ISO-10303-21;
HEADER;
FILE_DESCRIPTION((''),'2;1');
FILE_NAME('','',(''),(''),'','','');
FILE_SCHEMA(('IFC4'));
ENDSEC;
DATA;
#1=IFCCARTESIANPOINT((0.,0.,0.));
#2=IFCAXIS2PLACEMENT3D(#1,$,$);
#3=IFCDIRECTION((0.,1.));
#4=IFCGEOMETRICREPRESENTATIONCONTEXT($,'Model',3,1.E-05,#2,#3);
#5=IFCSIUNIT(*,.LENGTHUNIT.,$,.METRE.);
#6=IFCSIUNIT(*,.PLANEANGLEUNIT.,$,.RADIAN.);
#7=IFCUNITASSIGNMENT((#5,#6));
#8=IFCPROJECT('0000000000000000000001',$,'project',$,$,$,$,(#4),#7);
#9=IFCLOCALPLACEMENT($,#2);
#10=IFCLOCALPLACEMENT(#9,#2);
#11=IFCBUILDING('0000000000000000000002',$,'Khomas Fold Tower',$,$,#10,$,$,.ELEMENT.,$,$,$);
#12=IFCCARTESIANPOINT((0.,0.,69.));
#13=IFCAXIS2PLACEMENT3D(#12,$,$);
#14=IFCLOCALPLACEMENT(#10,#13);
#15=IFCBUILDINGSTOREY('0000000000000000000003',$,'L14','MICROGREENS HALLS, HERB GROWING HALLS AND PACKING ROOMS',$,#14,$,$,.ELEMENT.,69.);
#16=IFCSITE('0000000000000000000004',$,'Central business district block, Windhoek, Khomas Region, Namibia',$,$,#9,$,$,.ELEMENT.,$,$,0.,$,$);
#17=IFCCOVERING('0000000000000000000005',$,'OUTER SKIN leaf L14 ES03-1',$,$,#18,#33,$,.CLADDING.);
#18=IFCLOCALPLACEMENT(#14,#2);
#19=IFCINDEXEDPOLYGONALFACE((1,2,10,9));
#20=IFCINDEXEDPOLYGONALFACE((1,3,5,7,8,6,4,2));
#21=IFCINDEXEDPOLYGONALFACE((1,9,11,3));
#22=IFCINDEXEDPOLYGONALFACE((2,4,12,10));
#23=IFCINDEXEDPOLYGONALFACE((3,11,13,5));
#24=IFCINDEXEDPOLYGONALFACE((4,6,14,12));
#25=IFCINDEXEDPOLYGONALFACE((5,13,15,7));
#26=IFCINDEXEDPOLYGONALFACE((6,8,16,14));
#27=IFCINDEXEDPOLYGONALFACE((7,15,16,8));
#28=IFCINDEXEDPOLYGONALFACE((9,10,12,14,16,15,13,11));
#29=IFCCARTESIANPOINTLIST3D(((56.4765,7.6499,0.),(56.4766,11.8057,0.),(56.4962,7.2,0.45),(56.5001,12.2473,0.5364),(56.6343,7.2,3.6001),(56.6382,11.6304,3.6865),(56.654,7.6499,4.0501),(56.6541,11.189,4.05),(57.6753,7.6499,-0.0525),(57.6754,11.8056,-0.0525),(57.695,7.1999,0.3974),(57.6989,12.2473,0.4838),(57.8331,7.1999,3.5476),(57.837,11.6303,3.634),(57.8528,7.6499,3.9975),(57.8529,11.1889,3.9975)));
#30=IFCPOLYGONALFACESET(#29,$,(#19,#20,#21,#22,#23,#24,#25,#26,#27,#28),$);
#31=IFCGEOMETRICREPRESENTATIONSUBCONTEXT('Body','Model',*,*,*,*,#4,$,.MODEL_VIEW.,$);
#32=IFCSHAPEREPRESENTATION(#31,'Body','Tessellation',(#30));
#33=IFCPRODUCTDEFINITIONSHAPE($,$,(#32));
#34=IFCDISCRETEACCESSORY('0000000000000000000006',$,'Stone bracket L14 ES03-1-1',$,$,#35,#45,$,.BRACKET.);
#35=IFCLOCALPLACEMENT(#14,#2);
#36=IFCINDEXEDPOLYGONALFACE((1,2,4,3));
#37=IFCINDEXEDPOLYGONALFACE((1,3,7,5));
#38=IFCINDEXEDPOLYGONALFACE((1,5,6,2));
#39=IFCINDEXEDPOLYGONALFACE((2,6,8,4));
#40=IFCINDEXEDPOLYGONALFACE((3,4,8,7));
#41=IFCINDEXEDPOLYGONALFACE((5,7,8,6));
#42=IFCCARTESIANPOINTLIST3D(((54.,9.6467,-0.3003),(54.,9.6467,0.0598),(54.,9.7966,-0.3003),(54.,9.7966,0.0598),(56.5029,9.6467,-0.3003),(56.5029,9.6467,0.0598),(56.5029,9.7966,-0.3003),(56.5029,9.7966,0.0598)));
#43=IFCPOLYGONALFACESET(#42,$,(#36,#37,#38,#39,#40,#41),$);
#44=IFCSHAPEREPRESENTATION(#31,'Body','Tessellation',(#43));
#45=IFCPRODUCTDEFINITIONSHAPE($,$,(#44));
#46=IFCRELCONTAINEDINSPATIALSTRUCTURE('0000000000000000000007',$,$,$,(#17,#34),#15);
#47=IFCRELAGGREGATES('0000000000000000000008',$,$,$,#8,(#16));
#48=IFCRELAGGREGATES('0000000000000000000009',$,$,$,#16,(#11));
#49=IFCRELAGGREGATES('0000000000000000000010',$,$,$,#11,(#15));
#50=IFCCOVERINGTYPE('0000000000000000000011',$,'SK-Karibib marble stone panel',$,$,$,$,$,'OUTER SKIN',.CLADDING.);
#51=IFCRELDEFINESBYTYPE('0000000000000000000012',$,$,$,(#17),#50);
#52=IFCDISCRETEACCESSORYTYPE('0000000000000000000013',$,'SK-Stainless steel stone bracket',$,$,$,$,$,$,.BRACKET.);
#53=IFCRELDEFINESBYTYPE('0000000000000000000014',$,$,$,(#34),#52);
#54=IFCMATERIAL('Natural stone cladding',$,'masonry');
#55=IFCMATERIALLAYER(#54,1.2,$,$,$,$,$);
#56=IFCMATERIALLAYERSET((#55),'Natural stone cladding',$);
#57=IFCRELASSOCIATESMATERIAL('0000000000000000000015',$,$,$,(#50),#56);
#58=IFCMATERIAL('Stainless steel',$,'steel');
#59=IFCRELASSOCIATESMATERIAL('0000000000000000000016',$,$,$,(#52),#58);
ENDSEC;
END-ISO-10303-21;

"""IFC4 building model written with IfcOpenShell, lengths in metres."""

from ifc_helpers import new_model, si_unit, direction, frame, origin, origin_2d, place, context, subcontext, project, spatial, polyline, rectangle, outline, extrude, source, transform, mapped, material, layer, layer_set, type_object, element, save


model = new_model("IFC4")

# Units and contexts
model_context = context("Model", 3, precision=1e-05, world=origin(), true_north=direction((0.0, 1.0)))
body_context = subcontext(model_context, "Body", "Model", "MODEL_VIEW")
ifc_project = project(units=[si_unit("LENGTHUNIT", "METRE"), si_unit("PLANEANGLEUNIT", "RADIAN")], contexts=[model_context])

# Site, building, storey
site_placement = place(None, origin())
site = spatial("IfcSite", under=ifc_project, at=site_placement, Name="Central business district block, Windhoek, Khomas Region, Namibia", CompositionType="ELEMENT", RefElevation=0.0)
building_placement = place(site_placement, origin())
building = spatial("IfcBuilding", under=site, at=building_placement, Name="Khomas Fold Tower", CompositionType="ELEMENT")
storey_placement = place(building_placement, frame((0.0, 0.0, 69.0)))
storey = spatial("IfcBuildingStorey", under=building, at=storey_placement, Name="L14", Description="MICROGREENS HALLS, HERB GROWING HALLS AND PACKING ROOMS", CompositionType="ELEMENT", Elevation=69.0)

# Covering
ifc_material_1 = material(Name="Natural stone cladding", Category="masonry")
ifc_layer_1 = layer(ifc_material_1, 1.2)
ifc_layer_set_1 = layer_set([ifc_layer_1], Name="Natural stone cladding")
covering_type = type_object("IfcCoveringType", Name="SK-Karibib marble stone panel", ElementType="OUTER SKIN", PredefinedType="CLADDING", material=ifc_layer_set_1)
covering_placement = place(storey_placement, frame((56.6382, 11.6304, 3.6865), z_axis=(-0.999041, 0.000023, 0.043783), x_axis=(-0.042964, 0.192018, -0.980451)))
element("IfcCovering", 1, at=covering_placement, inside=storey, type_object=covering_type, Name="OUTER SKIN leaf L14 ES03-1", PredefinedType="CLADDING", context=body_context, shape_type="SweptSolid", body=[
    extrude(outline(polyline([(0.0, 0.0), (3.213, 0.0), (3.6551, 0.5365), (2.8571, 4.615), (2.3287, 4.9701), (-0.7658, 4.3646), (-1.1214, 3.8365), (-0.4419, 0.3633), (0.0, 0.0)])), origin(), (0.0, 0.0, -1.0), 1.2),
])

# Discrete accessory
ifc_material_2 = material(Name="Stainless steel", Category="steel")
discrete_accessory_type = type_object("IfcDiscreteAccessoryType", Name="SK-Stainless steel stone bracket", PredefinedType="BRACKET", material=ifc_material_2)
shared_shape_1 = source(origin(), body_context, "Body", "SweptSolid", [
    extrude(rectangle(XDim=2.5029, YDim=0.1499, at=origin_2d()), origin(), (0.0, 0.0, 1.0), 0.3601),
])
discrete_accessory_placement = place(storey_placement, frame((55.2515, 9.7217, -0.3003), z_axis=(0.0, 0.0, 1.0), x_axis=(1.0, 0.0, 0.0)))
element("IfcDiscreteAccessory", 2, at=discrete_accessory_placement, inside=storey, type_object=discrete_accessory_type, Name="Stone bracket L14 ES03-1-1", PredefinedType="BRACKET", context=body_context, shape_type="MappedRepresentation", body=[
    mapped(shared_shape_1, transform((0.0, 0.0, 0.0))),
])

save(model, "model.ifc")
